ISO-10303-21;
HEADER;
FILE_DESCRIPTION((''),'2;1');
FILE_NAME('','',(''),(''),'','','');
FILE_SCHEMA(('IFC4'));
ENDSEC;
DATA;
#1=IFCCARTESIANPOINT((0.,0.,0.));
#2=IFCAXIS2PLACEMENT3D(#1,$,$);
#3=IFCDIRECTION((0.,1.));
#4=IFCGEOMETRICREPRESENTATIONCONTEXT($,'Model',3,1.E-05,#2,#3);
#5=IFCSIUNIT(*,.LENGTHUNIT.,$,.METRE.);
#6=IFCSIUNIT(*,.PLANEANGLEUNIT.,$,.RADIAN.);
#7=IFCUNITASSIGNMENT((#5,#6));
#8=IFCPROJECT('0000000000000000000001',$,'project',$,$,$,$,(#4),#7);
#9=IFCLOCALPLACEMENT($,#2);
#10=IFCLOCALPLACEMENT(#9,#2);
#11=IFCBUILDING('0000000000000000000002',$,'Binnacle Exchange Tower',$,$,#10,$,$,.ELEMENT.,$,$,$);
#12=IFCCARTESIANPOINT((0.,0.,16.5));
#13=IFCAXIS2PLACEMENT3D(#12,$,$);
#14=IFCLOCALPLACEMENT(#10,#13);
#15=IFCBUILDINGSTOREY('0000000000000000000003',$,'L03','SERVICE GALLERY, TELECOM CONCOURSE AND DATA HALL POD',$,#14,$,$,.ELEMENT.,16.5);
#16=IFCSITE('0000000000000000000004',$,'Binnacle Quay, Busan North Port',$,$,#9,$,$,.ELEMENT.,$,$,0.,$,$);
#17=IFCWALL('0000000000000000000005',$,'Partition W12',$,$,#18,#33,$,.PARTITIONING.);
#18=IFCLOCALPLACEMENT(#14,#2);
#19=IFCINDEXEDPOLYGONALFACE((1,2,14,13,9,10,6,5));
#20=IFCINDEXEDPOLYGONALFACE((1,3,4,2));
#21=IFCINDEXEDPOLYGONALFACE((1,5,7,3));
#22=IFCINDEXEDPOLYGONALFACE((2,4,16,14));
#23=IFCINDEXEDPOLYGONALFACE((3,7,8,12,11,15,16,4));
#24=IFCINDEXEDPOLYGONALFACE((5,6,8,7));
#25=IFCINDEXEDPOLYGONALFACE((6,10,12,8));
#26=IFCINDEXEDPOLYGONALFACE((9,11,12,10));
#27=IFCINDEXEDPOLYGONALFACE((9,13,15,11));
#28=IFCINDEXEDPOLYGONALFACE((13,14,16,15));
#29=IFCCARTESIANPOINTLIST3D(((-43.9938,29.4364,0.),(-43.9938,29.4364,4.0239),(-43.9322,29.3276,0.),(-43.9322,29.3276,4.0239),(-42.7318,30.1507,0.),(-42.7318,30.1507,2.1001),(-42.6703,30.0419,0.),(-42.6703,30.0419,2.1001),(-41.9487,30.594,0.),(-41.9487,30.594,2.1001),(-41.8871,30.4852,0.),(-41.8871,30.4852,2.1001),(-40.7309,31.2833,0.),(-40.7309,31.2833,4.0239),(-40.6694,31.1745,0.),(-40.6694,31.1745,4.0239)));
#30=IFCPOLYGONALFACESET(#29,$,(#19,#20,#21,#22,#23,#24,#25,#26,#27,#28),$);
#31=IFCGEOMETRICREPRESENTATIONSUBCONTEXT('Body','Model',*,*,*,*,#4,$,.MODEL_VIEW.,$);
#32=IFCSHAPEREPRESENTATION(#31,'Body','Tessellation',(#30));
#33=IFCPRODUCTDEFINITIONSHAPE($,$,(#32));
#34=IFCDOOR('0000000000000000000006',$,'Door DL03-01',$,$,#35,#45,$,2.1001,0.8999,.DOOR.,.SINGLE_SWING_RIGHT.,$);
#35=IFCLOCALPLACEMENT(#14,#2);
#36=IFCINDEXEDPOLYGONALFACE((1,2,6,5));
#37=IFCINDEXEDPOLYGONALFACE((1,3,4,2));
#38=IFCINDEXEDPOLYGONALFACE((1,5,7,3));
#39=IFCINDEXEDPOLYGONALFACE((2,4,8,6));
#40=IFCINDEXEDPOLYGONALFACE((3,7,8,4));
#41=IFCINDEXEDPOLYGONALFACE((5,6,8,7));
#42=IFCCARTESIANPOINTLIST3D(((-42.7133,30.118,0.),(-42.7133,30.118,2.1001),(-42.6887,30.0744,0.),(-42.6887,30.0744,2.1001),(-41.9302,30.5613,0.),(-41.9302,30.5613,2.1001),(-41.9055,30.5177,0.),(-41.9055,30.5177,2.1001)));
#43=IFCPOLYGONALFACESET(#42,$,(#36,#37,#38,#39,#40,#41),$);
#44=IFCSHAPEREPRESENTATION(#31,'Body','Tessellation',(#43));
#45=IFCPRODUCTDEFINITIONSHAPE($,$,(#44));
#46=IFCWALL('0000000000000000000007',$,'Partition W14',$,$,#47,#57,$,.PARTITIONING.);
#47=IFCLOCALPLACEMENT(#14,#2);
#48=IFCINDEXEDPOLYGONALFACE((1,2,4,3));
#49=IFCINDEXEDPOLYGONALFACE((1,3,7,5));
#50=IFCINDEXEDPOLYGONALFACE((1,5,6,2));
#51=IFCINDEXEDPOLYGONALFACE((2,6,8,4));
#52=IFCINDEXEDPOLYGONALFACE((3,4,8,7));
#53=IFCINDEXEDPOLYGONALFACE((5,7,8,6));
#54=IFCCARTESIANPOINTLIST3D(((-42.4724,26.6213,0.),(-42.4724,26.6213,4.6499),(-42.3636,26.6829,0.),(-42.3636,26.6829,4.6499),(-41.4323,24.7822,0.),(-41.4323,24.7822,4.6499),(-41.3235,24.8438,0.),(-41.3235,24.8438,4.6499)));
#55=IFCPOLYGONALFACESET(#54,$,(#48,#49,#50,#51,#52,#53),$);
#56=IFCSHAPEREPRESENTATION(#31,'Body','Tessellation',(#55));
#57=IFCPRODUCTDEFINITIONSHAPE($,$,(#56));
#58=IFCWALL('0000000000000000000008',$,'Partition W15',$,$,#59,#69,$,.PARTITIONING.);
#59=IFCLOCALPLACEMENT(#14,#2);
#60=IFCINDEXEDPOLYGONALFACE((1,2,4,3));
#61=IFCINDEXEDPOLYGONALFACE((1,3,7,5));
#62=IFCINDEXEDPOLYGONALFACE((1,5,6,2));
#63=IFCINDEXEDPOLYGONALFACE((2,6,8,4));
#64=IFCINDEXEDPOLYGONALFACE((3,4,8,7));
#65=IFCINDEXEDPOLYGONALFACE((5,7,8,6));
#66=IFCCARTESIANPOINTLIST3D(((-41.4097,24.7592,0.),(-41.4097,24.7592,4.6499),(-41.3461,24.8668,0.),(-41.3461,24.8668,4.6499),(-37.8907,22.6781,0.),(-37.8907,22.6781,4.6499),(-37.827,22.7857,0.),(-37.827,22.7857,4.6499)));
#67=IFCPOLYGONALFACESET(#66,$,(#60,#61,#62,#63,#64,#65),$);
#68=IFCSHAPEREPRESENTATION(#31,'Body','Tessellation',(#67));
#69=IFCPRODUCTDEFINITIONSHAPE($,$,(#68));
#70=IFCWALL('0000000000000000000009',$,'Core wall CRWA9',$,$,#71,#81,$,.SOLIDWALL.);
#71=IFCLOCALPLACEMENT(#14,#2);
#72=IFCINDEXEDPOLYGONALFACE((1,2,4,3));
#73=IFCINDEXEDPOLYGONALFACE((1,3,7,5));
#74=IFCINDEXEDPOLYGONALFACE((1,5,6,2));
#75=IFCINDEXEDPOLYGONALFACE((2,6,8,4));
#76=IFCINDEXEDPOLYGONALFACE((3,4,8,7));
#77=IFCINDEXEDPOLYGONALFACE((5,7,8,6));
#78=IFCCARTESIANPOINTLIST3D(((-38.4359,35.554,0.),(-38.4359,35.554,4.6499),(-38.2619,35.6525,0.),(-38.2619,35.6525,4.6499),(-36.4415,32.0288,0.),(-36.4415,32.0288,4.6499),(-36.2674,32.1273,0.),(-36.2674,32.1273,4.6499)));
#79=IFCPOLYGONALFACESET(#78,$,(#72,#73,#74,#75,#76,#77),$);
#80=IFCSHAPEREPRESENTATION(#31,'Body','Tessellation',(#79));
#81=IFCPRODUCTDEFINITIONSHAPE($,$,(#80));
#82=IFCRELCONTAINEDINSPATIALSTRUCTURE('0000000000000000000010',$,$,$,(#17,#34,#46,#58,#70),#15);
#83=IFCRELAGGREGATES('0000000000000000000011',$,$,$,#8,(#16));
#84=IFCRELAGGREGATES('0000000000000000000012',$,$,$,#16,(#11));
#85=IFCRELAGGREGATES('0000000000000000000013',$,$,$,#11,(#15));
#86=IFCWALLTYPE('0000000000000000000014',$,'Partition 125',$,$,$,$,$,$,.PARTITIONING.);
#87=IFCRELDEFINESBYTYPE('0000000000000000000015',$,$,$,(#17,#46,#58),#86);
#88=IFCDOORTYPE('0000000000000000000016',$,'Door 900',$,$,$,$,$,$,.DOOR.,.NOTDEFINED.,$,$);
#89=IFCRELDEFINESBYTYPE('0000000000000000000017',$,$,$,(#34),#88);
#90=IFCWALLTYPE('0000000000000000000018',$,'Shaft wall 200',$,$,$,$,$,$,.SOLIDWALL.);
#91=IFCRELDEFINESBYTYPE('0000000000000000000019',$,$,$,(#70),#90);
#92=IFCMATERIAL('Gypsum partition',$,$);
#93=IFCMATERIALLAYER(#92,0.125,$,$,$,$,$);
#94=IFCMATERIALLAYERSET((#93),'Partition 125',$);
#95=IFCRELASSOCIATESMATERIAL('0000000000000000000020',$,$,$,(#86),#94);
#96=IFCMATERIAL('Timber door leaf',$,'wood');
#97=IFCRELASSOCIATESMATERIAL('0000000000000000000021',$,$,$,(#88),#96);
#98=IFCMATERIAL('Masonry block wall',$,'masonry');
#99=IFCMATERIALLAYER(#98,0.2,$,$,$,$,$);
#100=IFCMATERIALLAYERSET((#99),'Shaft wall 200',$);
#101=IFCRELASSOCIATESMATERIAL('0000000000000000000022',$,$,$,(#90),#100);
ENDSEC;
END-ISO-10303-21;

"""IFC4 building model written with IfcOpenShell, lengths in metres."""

from ifc_helpers import new_model, si_unit, direction, frame, frame_2d, origin, place, context, subcontext, project, spatial, rectangle, extrude, material, layer, layer_set, type_object, element, fill, save


model = new_model("IFC4")

# Units and contexts
model_context = context("Model", 3, precision=1e-05, world=origin(), true_north=direction((0.0, 1.0)))
body_context = subcontext(model_context, "Body", "Model", "MODEL_VIEW")
ifc_project = project(units=[si_unit("LENGTHUNIT", "METRE"), si_unit("PLANEANGLEUNIT", "RADIAN")], contexts=[model_context])

# Site, building, storey
site_placement = place(None, origin())
site = spatial("IfcSite", under=ifc_project, at=site_placement, Name="Binnacle Quay, Busan North Port", CompositionType="ELEMENT", RefElevation=0.0)
building_placement = place(site_placement, origin())
building = spatial("IfcBuilding", under=site, at=building_placement, Name="Binnacle Exchange Tower", CompositionType="ELEMENT")
storey_placement = place(building_placement, frame((0.0, 0.0, 16.5)))
storey = spatial("IfcBuildingStorey", under=building, at=storey_placement, Name="L03", Description="SERVICE GALLERY, TELECOM CONCOURSE AND DATA HALL POD", CompositionType="ELEMENT", Elevation=16.5)

# Shared definitions
ifc_material_1 = material(Name="Gypsum partition")
ifc_layer_1 = layer(ifc_material_1, 0.125)
ifc_layer_set_1 = layer_set([ifc_layer_1], Name="Partition 125")
wall_type_1 = type_object("IfcWallType", Name="Partition 125", PredefinedType="PARTITIONING", material=ifc_layer_set_1)

# Wall, opening, door
wall_1_placement = place(storey_placement, frame((-43.9629, 29.3821, 0.0), z_axis=(0.0, 0.0, 1.0), x_axis=(0.870259, 0.492594, 0.0)))
wall_1 = element("IfcWall", 1, at=wall_1_placement, inside=storey, type_object=wall_type_1, Name="Partition W12", PredefinedType="PARTITIONING", context=body_context, shape_type="SweptSolid", body=[
    extrude(rectangle(XDim=3.7493, YDim=0.125, at=frame_2d((1.8745, 0.0))), origin(), (0.0, 0.0, 1.0), 4.0239),
])
opening_1_placement = place(wall_1_placement, frame((1.45, 0.0, 0.0)))
opening_1 = element("IfcOpeningElement", 2, at=opening_1_placement, cuts=wall_1, PredefinedType="OPENING", context=body_context, shape_type="SweptSolid", body=[
    extrude(rectangle(XDim=0.8999, YDim=2.1001, at=frame_2d((0.45, 1.05))), frame((0.0, 0.0725, 0.0), z_axis=(0.0, -1.0, 0.0), x_axis=(1.0, 0.0, 0.0)), (0.0, 0.0, 1.0), 0.145),
])
ifc_material_2 = material(Name="Timber door leaf", Category="wood")
door_type_1 = type_object("IfcDoorType", Name="Door 900", OperationType="NOTDEFINED", PredefinedType="DOOR", material=ifc_material_2)
door_1_placement = place(opening_1_placement, origin())
door_1 = element("IfcDoor", 3, at=door_1_placement, inside=storey, type_object=door_type_1, Name="Door DL03-01", OperationType="SINGLE_SWING_RIGHT", OverallHeight=2.1001, OverallWidth=0.8999, PredefinedType="DOOR", context=body_context, shape_type="SweptSolid", body=[
    extrude(rectangle(XDim=0.8999, YDim=2.1001, at=frame_2d((0.45, 1.05))), frame((0.0, 0.0249, 0.0), z_axis=(0.0, -1.0, 0.0), x_axis=(1.0, 0.0, 0.0)), (0.0, 0.0, 1.0), 0.05),
])
fill(opening_1, door_1)

# Walls
wall_2_placement = place(storey_placement, frame((-42.418, 26.6521, 0.0), z_axis=(0.0, 0.0, 1.0), x_axis=(0.492251, -0.870453, 0.0)))
element("IfcWall", 4, at=wall_2_placement, inside=storey, type_object=wall_type_1, Name="Partition W14", PredefinedType="PARTITIONING", context=body_context, shape_type="SweptSolid", body=[
    extrude(rectangle(XDim=2.1128, YDim=0.125, at=frame_2d((1.0564, 0.0))), origin(), (0.0, 0.0, 1.0), 4.6499),
])
wall_3_placement = place(storey_placement, frame((-41.3779, 24.813, 0.0), z_axis=(0.0, 0.0, 1.0), x_axis=(0.860753, -0.509023, 0.0)))
element("IfcWall", 5, at=wall_3_placement, inside=storey, type_object=wall_type_1, Name="Partition W15", PredefinedType="PARTITIONING", context=body_context, shape_type="SweptSolid", body=[
    extrude(rectangle(XDim=4.0884, YDim=0.125, at=frame_2d((2.0442, 0.0))), origin(), (0.0, 0.0, 1.0), 4.6499),
])
ifc_material_3 = material(Name="Masonry block wall", Category="masonry")
ifc_layer_2 = layer(ifc_material_3, 0.2)
ifc_layer_set_2 = layer_set([ifc_layer_2], Name="Shaft wall 200")
wall_type_2 = type_object("IfcWallType", Name="Shaft wall 200", PredefinedType="SOLIDWALL", material=ifc_layer_set_2)
wall_4_placement = place(storey_placement, frame((-38.3489, 35.6033, 0.0), z_axis=(0.0, 0.0, 1.0), x_axis=(0.492415, -0.870361, 0.0)))
element("IfcWall", 6, at=wall_4_placement, inside=storey, type_object=wall_type_2, Name="Core wall CRWA9", PredefinedType="SOLIDWALL", context=body_context, shape_type="SweptSolid", body=[
    extrude(rectangle(XDim=4.0503, YDim=0.2, at=frame_2d((2.0251, 0.0))), origin(), (0.0, 0.0, 1.0), 4.6499),
])

save(model, "model.ifc")
